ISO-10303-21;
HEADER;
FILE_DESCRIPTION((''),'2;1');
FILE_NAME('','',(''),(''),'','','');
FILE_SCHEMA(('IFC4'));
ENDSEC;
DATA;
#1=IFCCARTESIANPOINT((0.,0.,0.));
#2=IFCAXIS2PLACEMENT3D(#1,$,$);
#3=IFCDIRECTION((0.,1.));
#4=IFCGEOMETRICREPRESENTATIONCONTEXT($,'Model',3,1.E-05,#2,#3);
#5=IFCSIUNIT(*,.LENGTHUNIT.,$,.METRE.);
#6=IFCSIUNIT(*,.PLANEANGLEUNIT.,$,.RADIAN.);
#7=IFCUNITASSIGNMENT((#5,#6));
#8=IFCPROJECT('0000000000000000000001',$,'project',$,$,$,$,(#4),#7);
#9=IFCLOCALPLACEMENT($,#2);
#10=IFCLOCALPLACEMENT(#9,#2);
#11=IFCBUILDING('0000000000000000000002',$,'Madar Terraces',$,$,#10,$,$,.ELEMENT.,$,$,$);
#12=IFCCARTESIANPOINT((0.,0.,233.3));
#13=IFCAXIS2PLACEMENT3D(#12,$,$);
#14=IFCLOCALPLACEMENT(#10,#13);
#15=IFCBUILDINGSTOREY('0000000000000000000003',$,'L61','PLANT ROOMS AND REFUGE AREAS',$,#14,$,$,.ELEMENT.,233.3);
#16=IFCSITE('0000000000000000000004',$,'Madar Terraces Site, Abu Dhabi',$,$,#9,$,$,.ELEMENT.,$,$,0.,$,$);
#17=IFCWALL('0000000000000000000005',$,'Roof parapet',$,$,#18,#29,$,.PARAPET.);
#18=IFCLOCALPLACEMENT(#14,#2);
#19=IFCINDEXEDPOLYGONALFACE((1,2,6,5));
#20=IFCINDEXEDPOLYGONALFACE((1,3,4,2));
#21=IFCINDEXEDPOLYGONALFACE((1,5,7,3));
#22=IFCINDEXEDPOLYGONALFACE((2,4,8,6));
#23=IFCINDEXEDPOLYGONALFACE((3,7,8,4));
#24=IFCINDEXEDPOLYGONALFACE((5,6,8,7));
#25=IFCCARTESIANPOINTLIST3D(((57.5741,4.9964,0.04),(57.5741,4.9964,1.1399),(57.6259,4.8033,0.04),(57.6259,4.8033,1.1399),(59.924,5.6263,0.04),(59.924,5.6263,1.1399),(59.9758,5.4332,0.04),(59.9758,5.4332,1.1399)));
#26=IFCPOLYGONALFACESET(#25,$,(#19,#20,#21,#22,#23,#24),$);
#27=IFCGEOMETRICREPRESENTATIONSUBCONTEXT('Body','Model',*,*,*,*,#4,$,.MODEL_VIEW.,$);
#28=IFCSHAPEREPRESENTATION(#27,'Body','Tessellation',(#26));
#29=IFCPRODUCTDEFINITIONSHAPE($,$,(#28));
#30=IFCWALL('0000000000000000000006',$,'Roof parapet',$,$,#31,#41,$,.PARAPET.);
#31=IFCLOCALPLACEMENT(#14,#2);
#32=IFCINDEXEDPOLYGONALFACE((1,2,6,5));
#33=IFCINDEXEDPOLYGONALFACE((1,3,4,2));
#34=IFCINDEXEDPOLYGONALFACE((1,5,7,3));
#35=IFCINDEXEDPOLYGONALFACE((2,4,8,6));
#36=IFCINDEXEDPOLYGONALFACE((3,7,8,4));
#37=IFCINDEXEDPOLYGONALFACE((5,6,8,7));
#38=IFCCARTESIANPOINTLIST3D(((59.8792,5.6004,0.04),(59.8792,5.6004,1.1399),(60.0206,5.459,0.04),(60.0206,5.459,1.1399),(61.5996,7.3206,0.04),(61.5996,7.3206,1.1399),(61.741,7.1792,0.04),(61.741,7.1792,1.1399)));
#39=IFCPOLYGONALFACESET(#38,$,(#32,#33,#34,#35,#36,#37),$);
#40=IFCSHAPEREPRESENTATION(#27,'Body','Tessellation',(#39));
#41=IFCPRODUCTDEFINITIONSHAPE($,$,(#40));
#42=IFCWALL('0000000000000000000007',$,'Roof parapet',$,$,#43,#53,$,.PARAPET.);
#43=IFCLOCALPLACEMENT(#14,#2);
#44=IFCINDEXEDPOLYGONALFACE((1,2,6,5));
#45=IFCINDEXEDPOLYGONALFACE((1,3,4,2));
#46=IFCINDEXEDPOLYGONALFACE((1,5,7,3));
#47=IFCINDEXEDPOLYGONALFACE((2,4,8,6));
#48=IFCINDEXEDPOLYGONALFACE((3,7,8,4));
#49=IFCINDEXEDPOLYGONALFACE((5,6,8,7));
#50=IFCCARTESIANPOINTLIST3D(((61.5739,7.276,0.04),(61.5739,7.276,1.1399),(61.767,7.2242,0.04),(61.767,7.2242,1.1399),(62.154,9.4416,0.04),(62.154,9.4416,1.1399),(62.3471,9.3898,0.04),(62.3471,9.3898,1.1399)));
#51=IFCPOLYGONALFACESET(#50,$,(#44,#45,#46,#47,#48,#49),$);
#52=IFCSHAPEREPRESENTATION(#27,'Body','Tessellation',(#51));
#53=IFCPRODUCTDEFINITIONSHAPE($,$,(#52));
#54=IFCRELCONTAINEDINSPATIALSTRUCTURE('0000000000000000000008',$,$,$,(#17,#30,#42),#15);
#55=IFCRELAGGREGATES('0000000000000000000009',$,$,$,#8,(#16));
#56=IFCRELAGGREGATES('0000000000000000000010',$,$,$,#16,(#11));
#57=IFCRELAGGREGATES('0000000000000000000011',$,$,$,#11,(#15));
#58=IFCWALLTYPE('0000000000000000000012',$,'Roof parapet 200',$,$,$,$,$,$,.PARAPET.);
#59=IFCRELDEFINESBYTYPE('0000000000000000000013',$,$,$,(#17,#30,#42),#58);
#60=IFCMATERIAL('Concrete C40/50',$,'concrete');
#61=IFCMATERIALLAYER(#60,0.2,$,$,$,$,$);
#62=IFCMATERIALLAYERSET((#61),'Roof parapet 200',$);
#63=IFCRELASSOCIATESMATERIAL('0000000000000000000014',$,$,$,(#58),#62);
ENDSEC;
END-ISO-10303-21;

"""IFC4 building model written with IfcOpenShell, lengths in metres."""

from ifc_helpers import new_model, si_unit, direction, frame, frame_2d, origin, place, context, subcontext, project, spatial, rectangle, extrude, material, layer, layer_set, type_object, element, save


model = new_model("IFC4")

# Units and contexts
model_context = context("Model", 3, precision=1e-05, world=origin(), true_north=direction((0.0, 1.0)))
body_context = subcontext(model_context, "Body", "Model", "MODEL_VIEW")
ifc_project = project(units=[si_unit("LENGTHUNIT", "METRE"), si_unit("PLANEANGLEUNIT", "RADIAN")], contexts=[model_context])

# Site, building, storey
site_placement = place(None, origin())
site = spatial("IfcSite", under=ifc_project, at=site_placement, Name="Madar Terraces Site, Abu Dhabi", CompositionType="ELEMENT", RefElevation=0.0)
building_placement = place(site_placement, origin())
building = spatial("IfcBuilding", under=site, at=building_placement, Name="Madar Terraces", CompositionType="ELEMENT")
storey_placement = place(building_placement, frame((0.0, 0.0, 233.3)))
storey = spatial("IfcBuildingStorey", under=building, at=storey_placement, Name="L61", Description="PLANT ROOMS AND REFUGE AREAS", CompositionType="ELEMENT", Elevation=233.3)

# Walls
ifc_material_1 = material(Name="Concrete C40/50", Category="concrete")
ifc_layer_1 = layer(ifc_material_1, 0.2)
ifc_layer_set_1 = layer_set([ifc_layer_1], Name="Roof parapet 200")
wall_type = type_object("IfcWallType", Name="Roof parapet 200", PredefinedType="PARAPET", material=ifc_layer_set_1)
for number, where, z_axis, x_axis, name in (
    (1, (57.6001, 4.8999, 0.04), (0.0, 0.0, 1.0), (0.965901, 0.258912, 0.0), "Roof parapet"),
    (2, (59.95, 5.5298, 0.04), (0.0, 0.0, 1.0), (0.707157, 0.707057, 0.0), "Roof parapet"),
):
    element("IfcWall", number, at=place(storey_placement, frame(where, z_axis=z_axis, x_axis=x_axis)), inside=storey, type_object=wall_type, Name=name, PredefinedType="PARAPET", context=body_context, shape_type="SweptSolid", body=[
        extrude(rectangle(XDim=2.4329, YDim=0.2, at=frame_2d((1.2163, 0.0))), origin(), (0.0, 0.0, 1.0), 1.0999),
    ])
wall_placement = place(storey_placement, frame((61.6704, 7.25, 0.04), z_axis=(0.0, 0.0, 1.0), x_axis=(0.258747, 0.965945, 0.0)))
element("IfcWall", 3, at=wall_placement, inside=storey, type_object=wall_type, Name="Roof parapet", PredefinedType="PARAPET", context=body_context, shape_type="SweptSolid", body=[
    extrude(rectangle(XDim=2.2419, YDim=0.2, at=frame_2d((1.1211, 0.0))), origin(), (0.0, 0.0, 1.0), 1.0999),
])

save(model, "model.ifc")
